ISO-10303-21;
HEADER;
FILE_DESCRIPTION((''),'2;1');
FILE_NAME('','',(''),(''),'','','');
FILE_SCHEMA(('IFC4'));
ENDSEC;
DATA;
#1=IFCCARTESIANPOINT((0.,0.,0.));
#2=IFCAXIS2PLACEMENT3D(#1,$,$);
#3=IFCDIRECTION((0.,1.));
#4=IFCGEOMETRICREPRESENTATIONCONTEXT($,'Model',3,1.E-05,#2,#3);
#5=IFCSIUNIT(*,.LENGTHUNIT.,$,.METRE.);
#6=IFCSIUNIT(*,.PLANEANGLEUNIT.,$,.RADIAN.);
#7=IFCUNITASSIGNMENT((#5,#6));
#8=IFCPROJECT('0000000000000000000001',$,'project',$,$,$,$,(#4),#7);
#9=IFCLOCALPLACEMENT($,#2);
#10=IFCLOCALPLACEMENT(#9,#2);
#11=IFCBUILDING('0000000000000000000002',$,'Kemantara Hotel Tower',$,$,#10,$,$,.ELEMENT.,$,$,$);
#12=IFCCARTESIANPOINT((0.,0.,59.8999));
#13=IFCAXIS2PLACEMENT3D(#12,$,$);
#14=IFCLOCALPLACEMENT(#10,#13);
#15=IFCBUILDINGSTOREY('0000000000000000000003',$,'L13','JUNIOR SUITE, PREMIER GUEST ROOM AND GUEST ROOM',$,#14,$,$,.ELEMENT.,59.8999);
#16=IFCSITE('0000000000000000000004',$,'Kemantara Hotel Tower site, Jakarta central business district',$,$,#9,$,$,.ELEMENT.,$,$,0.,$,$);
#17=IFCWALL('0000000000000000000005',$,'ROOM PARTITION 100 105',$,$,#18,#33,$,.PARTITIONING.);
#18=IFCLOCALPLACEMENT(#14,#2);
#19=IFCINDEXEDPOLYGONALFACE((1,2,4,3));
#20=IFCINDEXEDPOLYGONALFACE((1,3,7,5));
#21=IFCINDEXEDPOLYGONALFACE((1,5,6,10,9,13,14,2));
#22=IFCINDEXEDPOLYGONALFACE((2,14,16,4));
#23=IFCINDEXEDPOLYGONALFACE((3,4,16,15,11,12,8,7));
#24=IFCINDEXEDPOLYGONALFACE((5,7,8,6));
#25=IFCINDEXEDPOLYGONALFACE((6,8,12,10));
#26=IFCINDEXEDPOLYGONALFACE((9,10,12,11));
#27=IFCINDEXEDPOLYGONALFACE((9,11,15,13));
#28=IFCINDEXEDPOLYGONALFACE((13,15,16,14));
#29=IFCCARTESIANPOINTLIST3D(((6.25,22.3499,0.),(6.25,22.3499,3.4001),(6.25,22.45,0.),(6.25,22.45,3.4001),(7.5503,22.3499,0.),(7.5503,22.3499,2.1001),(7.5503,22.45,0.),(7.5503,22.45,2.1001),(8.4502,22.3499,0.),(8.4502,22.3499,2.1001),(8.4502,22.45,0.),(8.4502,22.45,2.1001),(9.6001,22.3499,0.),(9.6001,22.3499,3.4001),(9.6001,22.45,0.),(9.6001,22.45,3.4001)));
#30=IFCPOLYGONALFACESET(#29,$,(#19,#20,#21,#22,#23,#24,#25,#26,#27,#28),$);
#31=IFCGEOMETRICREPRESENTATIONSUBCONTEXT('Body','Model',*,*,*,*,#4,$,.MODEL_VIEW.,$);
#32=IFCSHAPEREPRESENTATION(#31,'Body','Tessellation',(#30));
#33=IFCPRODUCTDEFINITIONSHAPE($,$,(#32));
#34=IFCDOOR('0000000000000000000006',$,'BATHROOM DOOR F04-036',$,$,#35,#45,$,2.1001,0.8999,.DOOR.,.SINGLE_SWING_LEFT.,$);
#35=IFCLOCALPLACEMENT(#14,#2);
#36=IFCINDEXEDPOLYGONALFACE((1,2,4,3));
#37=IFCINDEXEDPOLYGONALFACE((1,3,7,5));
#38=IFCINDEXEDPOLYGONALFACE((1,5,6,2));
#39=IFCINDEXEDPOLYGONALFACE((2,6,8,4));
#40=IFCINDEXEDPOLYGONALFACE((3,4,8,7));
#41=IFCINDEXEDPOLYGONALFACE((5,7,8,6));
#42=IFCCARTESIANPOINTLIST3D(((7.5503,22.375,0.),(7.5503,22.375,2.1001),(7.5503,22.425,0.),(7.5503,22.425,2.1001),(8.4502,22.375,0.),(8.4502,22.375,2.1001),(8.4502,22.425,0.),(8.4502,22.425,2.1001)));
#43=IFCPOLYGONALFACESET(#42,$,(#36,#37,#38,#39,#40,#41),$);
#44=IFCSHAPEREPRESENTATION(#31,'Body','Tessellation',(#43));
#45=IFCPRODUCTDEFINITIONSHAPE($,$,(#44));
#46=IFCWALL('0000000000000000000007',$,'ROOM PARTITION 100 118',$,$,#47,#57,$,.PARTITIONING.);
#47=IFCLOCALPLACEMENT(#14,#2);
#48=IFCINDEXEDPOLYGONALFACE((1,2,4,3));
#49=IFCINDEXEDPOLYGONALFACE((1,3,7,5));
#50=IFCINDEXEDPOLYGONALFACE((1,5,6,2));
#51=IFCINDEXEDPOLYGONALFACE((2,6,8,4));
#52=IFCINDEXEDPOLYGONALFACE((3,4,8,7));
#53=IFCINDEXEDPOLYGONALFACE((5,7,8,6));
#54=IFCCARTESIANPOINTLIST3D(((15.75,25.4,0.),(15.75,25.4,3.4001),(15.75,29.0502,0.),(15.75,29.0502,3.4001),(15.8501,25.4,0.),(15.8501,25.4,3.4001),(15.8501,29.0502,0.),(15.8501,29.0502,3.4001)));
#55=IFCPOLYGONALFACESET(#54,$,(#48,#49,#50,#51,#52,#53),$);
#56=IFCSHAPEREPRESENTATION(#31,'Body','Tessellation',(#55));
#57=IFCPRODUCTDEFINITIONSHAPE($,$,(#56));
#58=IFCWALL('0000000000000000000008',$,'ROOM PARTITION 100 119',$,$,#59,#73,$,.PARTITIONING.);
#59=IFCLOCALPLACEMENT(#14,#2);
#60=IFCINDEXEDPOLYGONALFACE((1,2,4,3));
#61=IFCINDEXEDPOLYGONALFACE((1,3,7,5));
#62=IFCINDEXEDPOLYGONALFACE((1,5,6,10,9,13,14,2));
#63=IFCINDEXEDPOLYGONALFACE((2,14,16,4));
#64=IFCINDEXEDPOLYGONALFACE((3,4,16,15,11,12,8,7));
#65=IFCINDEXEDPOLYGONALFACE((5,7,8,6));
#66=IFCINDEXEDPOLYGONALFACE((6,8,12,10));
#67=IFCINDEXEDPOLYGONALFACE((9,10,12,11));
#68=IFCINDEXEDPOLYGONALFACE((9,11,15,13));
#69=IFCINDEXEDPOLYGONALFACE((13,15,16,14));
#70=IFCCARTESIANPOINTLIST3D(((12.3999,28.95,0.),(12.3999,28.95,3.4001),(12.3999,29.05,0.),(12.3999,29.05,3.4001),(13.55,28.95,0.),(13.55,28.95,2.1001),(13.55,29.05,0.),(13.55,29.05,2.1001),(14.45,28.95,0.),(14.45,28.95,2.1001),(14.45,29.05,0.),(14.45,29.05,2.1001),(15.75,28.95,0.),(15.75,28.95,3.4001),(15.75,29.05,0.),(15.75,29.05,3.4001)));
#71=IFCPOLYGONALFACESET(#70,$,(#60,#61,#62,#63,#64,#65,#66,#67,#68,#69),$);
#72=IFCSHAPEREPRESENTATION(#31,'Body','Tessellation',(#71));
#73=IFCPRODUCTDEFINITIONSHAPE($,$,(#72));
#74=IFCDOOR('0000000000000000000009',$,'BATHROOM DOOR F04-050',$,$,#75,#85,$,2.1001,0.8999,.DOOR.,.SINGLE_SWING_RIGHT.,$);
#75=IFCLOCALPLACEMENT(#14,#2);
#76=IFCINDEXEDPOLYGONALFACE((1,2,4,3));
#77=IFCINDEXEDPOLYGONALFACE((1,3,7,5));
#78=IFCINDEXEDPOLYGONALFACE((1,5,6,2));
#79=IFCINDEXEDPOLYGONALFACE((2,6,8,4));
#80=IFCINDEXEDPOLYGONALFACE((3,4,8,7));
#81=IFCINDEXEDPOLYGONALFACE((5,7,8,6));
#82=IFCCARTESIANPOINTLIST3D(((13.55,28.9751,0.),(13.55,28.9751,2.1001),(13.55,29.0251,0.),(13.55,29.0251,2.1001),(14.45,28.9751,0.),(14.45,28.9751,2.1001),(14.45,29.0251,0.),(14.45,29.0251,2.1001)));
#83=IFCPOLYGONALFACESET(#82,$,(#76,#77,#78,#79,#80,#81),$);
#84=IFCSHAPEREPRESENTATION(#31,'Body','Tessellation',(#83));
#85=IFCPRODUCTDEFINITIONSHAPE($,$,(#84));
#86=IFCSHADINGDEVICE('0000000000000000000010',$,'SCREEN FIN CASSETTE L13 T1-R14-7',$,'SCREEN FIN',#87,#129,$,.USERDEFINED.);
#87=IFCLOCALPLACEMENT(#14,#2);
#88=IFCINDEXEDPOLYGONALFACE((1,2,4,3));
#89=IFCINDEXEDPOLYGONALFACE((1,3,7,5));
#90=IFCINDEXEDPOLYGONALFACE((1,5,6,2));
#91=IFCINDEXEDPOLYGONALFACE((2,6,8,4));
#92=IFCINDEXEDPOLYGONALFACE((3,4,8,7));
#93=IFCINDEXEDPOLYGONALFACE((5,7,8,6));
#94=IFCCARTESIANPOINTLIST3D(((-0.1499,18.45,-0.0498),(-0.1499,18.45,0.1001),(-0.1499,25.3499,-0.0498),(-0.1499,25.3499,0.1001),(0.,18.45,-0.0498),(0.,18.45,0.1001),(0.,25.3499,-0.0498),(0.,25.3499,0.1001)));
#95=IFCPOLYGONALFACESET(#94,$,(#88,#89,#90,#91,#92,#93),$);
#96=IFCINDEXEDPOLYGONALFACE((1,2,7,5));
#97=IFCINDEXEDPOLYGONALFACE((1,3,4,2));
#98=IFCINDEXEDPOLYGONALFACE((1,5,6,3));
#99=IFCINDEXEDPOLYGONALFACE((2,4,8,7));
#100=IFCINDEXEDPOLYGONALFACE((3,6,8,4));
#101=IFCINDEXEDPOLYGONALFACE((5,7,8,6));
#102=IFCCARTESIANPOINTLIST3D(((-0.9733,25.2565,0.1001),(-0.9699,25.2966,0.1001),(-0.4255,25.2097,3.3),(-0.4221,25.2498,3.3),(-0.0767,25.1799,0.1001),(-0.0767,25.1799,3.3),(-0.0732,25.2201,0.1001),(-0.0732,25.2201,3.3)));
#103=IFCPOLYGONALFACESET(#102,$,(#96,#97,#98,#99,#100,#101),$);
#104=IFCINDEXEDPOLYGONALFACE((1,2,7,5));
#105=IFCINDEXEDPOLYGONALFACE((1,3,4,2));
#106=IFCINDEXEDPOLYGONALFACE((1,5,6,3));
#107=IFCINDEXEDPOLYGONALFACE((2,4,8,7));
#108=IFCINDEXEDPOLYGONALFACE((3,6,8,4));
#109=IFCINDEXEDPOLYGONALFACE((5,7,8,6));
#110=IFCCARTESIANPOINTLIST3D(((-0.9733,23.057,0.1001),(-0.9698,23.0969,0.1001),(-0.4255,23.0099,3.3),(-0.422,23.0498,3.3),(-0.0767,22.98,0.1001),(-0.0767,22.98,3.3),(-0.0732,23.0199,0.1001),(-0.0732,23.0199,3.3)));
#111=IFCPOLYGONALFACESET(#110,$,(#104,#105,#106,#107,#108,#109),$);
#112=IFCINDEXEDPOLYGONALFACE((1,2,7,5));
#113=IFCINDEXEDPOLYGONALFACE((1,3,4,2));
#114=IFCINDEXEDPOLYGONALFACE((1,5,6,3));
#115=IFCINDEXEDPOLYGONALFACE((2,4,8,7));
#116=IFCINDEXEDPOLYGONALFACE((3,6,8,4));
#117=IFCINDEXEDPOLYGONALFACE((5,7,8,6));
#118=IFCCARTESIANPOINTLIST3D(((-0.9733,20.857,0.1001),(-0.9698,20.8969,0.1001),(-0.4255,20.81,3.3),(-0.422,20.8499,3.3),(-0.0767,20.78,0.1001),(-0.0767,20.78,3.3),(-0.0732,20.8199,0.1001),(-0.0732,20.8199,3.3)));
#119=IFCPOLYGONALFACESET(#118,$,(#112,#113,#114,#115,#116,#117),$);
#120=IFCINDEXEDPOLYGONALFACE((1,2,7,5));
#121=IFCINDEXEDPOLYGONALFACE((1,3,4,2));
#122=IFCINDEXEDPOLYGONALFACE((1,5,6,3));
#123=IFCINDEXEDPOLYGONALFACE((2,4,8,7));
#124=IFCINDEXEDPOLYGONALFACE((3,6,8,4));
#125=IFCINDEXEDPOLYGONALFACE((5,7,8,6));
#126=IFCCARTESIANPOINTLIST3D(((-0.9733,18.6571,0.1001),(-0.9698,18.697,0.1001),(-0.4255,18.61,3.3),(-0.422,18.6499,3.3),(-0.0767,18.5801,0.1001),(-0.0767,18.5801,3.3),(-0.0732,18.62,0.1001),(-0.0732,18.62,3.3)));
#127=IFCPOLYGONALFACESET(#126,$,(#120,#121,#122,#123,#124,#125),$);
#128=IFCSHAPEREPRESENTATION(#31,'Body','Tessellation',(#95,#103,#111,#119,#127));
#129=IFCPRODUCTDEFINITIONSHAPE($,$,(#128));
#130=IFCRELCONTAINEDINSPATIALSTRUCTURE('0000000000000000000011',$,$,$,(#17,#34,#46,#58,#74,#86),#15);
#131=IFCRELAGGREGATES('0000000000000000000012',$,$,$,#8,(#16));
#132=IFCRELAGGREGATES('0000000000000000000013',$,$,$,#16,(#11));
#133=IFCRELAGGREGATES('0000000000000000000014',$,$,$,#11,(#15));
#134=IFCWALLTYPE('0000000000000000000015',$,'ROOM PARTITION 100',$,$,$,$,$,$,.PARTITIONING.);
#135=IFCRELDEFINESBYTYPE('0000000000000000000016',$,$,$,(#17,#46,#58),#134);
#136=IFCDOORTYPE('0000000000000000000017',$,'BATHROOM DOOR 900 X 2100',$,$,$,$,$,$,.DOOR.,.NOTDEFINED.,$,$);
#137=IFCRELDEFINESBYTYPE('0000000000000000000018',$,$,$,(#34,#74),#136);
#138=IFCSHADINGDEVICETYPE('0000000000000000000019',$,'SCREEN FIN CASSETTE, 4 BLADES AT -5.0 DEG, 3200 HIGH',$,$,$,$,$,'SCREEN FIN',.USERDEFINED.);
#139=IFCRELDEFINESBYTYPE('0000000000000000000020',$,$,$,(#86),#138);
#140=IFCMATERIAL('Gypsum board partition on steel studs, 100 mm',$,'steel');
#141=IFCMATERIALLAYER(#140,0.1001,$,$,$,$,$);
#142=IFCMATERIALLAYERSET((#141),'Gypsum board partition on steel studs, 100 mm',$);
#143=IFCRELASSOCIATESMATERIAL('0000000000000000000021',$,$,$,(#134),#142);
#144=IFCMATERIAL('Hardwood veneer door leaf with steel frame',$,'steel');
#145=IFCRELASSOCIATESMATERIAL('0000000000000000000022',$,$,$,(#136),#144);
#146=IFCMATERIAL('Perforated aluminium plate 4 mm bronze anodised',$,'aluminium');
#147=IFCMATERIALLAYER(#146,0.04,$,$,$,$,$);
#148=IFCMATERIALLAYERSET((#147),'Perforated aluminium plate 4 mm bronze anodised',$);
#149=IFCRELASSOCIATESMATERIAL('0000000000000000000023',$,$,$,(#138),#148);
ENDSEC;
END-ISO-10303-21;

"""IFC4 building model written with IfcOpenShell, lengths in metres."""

from ifc_helpers import new_model, si_unit, direction, frame, frame_2d, origin, origin_2d, place, context, subcontext, project, spatial, polyline, rectangle, outline, extrude, source, transform, mapped, material, layer, layer_set, type_object, element, fill, save


model = new_model("IFC4")

# Units and contexts
model_context = context("Model", 3, precision=1e-05, world=origin(), true_north=direction((0.0, 1.0)))
body_context = subcontext(model_context, "Body", "Model", "MODEL_VIEW")
ifc_project = project(units=[si_unit("LENGTHUNIT", "METRE"), si_unit("PLANEANGLEUNIT", "RADIAN")], contexts=[model_context])

# Site, building, storey
site_placement = place(None, origin())
site = spatial("IfcSite", under=ifc_project, at=site_placement, Name="Kemantara Hotel Tower site, Jakarta central business district", CompositionType="ELEMENT", RefElevation=0.0)
building_placement = place(site_placement, origin())
building = spatial("IfcBuilding", under=site, at=building_placement, Name="Kemantara Hotel Tower", CompositionType="ELEMENT")
storey_placement = place(building_placement, frame((0.0, 0.0, 59.8999)))
storey = spatial("IfcBuildingStorey", under=building, at=storey_placement, Name="L13", Description="JUNIOR SUITE, PREMIER GUEST ROOM AND GUEST ROOM", CompositionType="ELEMENT", Elevation=59.8999)

# Shared definitions
ifc_material_1 = material(Name="Hardwood veneer door leaf with steel frame", Category="steel")

# Shared definitions
ifc_material_2 = material(Name="Gypsum board partition on steel studs, 100 mm", Category="steel")
ifc_layer_1 = layer(ifc_material_2, 0.1001)
ifc_layer_set_1 = layer_set([ifc_layer_1], Name="Gypsum board partition on steel studs, 100 mm")
wall_type_1 = type_object("IfcWallType", Name="ROOM PARTITION 100", PredefinedType="PARTITIONING", material=ifc_layer_set_1)

# Wall, opening, door
wall_1_placement = place(storey_placement, frame((9.6001, 22.3999, 0.0), z_axis=(0.0, 0.0, 1.0), x_axis=(-1.0, 0.0, 0.0)))
wall_1 = element("IfcWall", 1, at=wall_1_placement, inside=storey, type_object=wall_type_1, Name="ROOM PARTITION 100 105", PredefinedType="PARTITIONING", context=body_context, shape_type="SweptSolid", body=[
    extrude(rectangle(XDim=3.3501, YDim=0.1001, at=frame_2d((1.675, 0.0))), origin(), (0.0, 0.0, 1.0), 3.4001),
])
opening_1_placement = place(wall_1_placement, frame((1.1499, 0.0, 0.0)))
opening_1 = element("IfcOpeningElement", 2, at=opening_1_placement, cuts=wall_1, PredefinedType="OPENING", context=body_context, shape_type="SweptSolid", body=[
    extrude(rectangle(XDim=0.8999, YDim=2.1001, at=frame_2d((0.45, 1.05))), frame((0.0, 0.0601, 0.0), z_axis=(0.0, -1.0, 0.0), x_axis=(1.0, 0.0, 0.0)), (0.0, 0.0, 1.0), 0.1201),
])
door_type_1 = type_object("IfcDoorType", Name="BATHROOM DOOR 900 X 2100", OperationType="NOTDEFINED", PredefinedType="DOOR", material=ifc_material_1)
door_1_placement = place(opening_1_placement, origin())
door_1 = element("IfcDoor", 3, at=door_1_placement, inside=storey, type_object=door_type_1, Name="BATHROOM DOOR F04-036", OperationType="SINGLE_SWING_LEFT", OverallHeight=2.1001, OverallWidth=0.8999, PredefinedType="DOOR", context=body_context, shape_type="SweptSolid", body=[
    extrude(rectangle(XDim=0.8999, YDim=2.1001, at=frame_2d((0.45, 1.05))), frame((0.0, 0.0249, 0.0), z_axis=(0.0, -1.0, 0.0), x_axis=(1.0, 0.0, 0.0)), (0.0, 0.0, 1.0), 0.05),
])
fill(opening_1, door_1)

# Wall
wall_2_placement = place(storey_placement, frame((15.8, 25.3999, 0.0), z_axis=(0.0, 0.0, 1.0), x_axis=(0.0, 1.0, 0.0)))
element("IfcWall", 4, at=wall_2_placement, inside=storey, type_object=wall_type_1, Name="ROOM PARTITION 100 118", PredefinedType="PARTITIONING", context=body_context, shape_type="SweptSolid", body=[
    extrude(rectangle(XDim=3.6501, YDim=0.1001, at=frame_2d((1.8252, 0.0))), origin(), (0.0, 0.0, 1.0), 3.4001),
])

# Wall, opening, door
wall_3_placement = place(storey_placement, frame((15.75, 29.0, 0.0), z_axis=(0.0, 0.0, 1.0), x_axis=(-1.0, 0.0, 0.0)))
wall_3 = element("IfcWall", 5, at=wall_3_placement, inside=storey, type_object=wall_type_1, Name="ROOM PARTITION 100 119", PredefinedType="PARTITIONING", context=body_context, shape_type="SweptSolid", body=[
    extrude(rectangle(XDim=3.3501, YDim=0.1001, at=frame_2d((1.675, 0.0))), origin(), (0.0, 0.0, 1.0), 3.4001),
])
opening_2_placement = place(wall_3_placement, frame((1.3, 0.0, 0.0)))
opening_2 = element("IfcOpeningElement", 6, at=opening_2_placement, cuts=wall_3, PredefinedType="OPENING", context=body_context, shape_type="SweptSolid", body=[
    extrude(rectangle(XDim=0.8999, YDim=2.1001, at=frame_2d((0.45, 1.05))), frame((0.0, 0.0601, 0.0), z_axis=(0.0, -1.0, 0.0), x_axis=(1.0, 0.0, 0.0)), (0.0, 0.0, 1.0), 0.1201),
])
door_2_placement = place(opening_2_placement, origin())
door_2 = element("IfcDoor", 7, at=door_2_placement, inside=storey, type_object=door_type_1, Name="BATHROOM DOOR F04-050", OperationType="SINGLE_SWING_RIGHT", OverallHeight=2.1001, OverallWidth=0.8999, PredefinedType="DOOR", context=body_context, shape_type="SweptSolid", body=[
    extrude(rectangle(XDim=0.8999, YDim=2.1001, at=frame_2d((0.45, 1.05))), frame((0.0, 0.0249, 0.0), z_axis=(0.0, -1.0, 0.0), x_axis=(1.0, 0.0, 0.0)), (0.0, 0.0, 1.0), 0.05),
])
fill(opening_2, door_2)

# Shading device
ifc_material_3 = material(Name="Perforated aluminium plate 4 mm bronze anodised", Category="aluminium")
ifc_layer_2 = layer(ifc_material_3, 0.04)
ifc_layer_set_2 = layer_set([ifc_layer_2], Name="Perforated aluminium plate 4 mm bronze anodised")
shading_device_type = type_object("IfcShadingDeviceType", Name="SCREEN FIN CASSETTE, 4 BLADES AT -5.0 DEG, 3200 HIGH", ElementType="SCREEN FIN", PredefinedType="USERDEFINED", material=ifc_layer_set_2)
shared_shape = source(origin(), body_context, "Body", "SweptSolid", [
    extrude(rectangle(XDim=6.8999, YDim=0.1499, at=origin_2d()), frame((3.3, -0.075, -0.1499), z_axis=(0.0, 0.0, 1.0), x_axis=(1.0, 0.0, 0.0)), (0.0, 0.0, 1.0), 0.1499),
    extrude(outline(polyline([(0.0, 0.0), (0.8999, 0.0), (0.3501, 3.2), (0.0, 3.2), (0.0, 0.0)])), frame((0.02, -0.0767, 0.0), z_axis=(-0.996376, 0.085056, 0.0), x_axis=(-0.085056, -0.996376, 0.0)), (0.0, 0.0, 1.0), 0.0403),
    extrude(outline(polyline([(0.0, 0.0), (0.8999, 0.0), (0.3501, 3.2), (0.0, 3.2), (0.0, 0.0)])), frame((2.22, -0.0767, 0.0), z_axis=(-0.996332, 0.085575, 0.0), x_axis=(-0.085575, -0.996332, 0.0)), (0.0, 0.0, 1.0), 0.04),
    extrude(outline(polyline([(0.0, 0.0), (0.8999, 0.0), (0.3501, 3.2), (0.0, 3.2), (0.0, 0.0)])), frame((4.4199, -0.0767, 0.0), z_axis=(-0.996332, 0.085575, 0.0), x_axis=(-0.085575, -0.996332, 0.0)), (0.0, 0.0, 1.0), 0.04),
    extrude(outline(polyline([(0.0, 0.0), (0.8999, 0.0), (0.3501, 3.2), (0.0, 3.2), (0.0, 0.0)])), frame((6.6199, -0.0767, 0.0), z_axis=(-0.996332, 0.085575, 0.0), x_axis=(-0.085575, -0.996332, 0.0)), (0.0, 0.0, 1.0), 0.04),
])
shading_device_placement = place(storey_placement, frame((0.0, 25.2, 0.1001), z_axis=(0.0, 0.0, 1.0), x_axis=(0.0, -1.0, 0.0)))
element("IfcShadingDevice", 8, at=shading_device_placement, inside=storey, type_object=shading_device_type, Name="SCREEN FIN CASSETTE L13 T1-R14-7", ObjectType="SCREEN FIN", PredefinedType="USERDEFINED", context=body_context, shape_type="MappedRepresentation", body=[
    mapped(shared_shape, transform((0.0, 0.0, 0.0))),
])

save(model, "model.ifc")
